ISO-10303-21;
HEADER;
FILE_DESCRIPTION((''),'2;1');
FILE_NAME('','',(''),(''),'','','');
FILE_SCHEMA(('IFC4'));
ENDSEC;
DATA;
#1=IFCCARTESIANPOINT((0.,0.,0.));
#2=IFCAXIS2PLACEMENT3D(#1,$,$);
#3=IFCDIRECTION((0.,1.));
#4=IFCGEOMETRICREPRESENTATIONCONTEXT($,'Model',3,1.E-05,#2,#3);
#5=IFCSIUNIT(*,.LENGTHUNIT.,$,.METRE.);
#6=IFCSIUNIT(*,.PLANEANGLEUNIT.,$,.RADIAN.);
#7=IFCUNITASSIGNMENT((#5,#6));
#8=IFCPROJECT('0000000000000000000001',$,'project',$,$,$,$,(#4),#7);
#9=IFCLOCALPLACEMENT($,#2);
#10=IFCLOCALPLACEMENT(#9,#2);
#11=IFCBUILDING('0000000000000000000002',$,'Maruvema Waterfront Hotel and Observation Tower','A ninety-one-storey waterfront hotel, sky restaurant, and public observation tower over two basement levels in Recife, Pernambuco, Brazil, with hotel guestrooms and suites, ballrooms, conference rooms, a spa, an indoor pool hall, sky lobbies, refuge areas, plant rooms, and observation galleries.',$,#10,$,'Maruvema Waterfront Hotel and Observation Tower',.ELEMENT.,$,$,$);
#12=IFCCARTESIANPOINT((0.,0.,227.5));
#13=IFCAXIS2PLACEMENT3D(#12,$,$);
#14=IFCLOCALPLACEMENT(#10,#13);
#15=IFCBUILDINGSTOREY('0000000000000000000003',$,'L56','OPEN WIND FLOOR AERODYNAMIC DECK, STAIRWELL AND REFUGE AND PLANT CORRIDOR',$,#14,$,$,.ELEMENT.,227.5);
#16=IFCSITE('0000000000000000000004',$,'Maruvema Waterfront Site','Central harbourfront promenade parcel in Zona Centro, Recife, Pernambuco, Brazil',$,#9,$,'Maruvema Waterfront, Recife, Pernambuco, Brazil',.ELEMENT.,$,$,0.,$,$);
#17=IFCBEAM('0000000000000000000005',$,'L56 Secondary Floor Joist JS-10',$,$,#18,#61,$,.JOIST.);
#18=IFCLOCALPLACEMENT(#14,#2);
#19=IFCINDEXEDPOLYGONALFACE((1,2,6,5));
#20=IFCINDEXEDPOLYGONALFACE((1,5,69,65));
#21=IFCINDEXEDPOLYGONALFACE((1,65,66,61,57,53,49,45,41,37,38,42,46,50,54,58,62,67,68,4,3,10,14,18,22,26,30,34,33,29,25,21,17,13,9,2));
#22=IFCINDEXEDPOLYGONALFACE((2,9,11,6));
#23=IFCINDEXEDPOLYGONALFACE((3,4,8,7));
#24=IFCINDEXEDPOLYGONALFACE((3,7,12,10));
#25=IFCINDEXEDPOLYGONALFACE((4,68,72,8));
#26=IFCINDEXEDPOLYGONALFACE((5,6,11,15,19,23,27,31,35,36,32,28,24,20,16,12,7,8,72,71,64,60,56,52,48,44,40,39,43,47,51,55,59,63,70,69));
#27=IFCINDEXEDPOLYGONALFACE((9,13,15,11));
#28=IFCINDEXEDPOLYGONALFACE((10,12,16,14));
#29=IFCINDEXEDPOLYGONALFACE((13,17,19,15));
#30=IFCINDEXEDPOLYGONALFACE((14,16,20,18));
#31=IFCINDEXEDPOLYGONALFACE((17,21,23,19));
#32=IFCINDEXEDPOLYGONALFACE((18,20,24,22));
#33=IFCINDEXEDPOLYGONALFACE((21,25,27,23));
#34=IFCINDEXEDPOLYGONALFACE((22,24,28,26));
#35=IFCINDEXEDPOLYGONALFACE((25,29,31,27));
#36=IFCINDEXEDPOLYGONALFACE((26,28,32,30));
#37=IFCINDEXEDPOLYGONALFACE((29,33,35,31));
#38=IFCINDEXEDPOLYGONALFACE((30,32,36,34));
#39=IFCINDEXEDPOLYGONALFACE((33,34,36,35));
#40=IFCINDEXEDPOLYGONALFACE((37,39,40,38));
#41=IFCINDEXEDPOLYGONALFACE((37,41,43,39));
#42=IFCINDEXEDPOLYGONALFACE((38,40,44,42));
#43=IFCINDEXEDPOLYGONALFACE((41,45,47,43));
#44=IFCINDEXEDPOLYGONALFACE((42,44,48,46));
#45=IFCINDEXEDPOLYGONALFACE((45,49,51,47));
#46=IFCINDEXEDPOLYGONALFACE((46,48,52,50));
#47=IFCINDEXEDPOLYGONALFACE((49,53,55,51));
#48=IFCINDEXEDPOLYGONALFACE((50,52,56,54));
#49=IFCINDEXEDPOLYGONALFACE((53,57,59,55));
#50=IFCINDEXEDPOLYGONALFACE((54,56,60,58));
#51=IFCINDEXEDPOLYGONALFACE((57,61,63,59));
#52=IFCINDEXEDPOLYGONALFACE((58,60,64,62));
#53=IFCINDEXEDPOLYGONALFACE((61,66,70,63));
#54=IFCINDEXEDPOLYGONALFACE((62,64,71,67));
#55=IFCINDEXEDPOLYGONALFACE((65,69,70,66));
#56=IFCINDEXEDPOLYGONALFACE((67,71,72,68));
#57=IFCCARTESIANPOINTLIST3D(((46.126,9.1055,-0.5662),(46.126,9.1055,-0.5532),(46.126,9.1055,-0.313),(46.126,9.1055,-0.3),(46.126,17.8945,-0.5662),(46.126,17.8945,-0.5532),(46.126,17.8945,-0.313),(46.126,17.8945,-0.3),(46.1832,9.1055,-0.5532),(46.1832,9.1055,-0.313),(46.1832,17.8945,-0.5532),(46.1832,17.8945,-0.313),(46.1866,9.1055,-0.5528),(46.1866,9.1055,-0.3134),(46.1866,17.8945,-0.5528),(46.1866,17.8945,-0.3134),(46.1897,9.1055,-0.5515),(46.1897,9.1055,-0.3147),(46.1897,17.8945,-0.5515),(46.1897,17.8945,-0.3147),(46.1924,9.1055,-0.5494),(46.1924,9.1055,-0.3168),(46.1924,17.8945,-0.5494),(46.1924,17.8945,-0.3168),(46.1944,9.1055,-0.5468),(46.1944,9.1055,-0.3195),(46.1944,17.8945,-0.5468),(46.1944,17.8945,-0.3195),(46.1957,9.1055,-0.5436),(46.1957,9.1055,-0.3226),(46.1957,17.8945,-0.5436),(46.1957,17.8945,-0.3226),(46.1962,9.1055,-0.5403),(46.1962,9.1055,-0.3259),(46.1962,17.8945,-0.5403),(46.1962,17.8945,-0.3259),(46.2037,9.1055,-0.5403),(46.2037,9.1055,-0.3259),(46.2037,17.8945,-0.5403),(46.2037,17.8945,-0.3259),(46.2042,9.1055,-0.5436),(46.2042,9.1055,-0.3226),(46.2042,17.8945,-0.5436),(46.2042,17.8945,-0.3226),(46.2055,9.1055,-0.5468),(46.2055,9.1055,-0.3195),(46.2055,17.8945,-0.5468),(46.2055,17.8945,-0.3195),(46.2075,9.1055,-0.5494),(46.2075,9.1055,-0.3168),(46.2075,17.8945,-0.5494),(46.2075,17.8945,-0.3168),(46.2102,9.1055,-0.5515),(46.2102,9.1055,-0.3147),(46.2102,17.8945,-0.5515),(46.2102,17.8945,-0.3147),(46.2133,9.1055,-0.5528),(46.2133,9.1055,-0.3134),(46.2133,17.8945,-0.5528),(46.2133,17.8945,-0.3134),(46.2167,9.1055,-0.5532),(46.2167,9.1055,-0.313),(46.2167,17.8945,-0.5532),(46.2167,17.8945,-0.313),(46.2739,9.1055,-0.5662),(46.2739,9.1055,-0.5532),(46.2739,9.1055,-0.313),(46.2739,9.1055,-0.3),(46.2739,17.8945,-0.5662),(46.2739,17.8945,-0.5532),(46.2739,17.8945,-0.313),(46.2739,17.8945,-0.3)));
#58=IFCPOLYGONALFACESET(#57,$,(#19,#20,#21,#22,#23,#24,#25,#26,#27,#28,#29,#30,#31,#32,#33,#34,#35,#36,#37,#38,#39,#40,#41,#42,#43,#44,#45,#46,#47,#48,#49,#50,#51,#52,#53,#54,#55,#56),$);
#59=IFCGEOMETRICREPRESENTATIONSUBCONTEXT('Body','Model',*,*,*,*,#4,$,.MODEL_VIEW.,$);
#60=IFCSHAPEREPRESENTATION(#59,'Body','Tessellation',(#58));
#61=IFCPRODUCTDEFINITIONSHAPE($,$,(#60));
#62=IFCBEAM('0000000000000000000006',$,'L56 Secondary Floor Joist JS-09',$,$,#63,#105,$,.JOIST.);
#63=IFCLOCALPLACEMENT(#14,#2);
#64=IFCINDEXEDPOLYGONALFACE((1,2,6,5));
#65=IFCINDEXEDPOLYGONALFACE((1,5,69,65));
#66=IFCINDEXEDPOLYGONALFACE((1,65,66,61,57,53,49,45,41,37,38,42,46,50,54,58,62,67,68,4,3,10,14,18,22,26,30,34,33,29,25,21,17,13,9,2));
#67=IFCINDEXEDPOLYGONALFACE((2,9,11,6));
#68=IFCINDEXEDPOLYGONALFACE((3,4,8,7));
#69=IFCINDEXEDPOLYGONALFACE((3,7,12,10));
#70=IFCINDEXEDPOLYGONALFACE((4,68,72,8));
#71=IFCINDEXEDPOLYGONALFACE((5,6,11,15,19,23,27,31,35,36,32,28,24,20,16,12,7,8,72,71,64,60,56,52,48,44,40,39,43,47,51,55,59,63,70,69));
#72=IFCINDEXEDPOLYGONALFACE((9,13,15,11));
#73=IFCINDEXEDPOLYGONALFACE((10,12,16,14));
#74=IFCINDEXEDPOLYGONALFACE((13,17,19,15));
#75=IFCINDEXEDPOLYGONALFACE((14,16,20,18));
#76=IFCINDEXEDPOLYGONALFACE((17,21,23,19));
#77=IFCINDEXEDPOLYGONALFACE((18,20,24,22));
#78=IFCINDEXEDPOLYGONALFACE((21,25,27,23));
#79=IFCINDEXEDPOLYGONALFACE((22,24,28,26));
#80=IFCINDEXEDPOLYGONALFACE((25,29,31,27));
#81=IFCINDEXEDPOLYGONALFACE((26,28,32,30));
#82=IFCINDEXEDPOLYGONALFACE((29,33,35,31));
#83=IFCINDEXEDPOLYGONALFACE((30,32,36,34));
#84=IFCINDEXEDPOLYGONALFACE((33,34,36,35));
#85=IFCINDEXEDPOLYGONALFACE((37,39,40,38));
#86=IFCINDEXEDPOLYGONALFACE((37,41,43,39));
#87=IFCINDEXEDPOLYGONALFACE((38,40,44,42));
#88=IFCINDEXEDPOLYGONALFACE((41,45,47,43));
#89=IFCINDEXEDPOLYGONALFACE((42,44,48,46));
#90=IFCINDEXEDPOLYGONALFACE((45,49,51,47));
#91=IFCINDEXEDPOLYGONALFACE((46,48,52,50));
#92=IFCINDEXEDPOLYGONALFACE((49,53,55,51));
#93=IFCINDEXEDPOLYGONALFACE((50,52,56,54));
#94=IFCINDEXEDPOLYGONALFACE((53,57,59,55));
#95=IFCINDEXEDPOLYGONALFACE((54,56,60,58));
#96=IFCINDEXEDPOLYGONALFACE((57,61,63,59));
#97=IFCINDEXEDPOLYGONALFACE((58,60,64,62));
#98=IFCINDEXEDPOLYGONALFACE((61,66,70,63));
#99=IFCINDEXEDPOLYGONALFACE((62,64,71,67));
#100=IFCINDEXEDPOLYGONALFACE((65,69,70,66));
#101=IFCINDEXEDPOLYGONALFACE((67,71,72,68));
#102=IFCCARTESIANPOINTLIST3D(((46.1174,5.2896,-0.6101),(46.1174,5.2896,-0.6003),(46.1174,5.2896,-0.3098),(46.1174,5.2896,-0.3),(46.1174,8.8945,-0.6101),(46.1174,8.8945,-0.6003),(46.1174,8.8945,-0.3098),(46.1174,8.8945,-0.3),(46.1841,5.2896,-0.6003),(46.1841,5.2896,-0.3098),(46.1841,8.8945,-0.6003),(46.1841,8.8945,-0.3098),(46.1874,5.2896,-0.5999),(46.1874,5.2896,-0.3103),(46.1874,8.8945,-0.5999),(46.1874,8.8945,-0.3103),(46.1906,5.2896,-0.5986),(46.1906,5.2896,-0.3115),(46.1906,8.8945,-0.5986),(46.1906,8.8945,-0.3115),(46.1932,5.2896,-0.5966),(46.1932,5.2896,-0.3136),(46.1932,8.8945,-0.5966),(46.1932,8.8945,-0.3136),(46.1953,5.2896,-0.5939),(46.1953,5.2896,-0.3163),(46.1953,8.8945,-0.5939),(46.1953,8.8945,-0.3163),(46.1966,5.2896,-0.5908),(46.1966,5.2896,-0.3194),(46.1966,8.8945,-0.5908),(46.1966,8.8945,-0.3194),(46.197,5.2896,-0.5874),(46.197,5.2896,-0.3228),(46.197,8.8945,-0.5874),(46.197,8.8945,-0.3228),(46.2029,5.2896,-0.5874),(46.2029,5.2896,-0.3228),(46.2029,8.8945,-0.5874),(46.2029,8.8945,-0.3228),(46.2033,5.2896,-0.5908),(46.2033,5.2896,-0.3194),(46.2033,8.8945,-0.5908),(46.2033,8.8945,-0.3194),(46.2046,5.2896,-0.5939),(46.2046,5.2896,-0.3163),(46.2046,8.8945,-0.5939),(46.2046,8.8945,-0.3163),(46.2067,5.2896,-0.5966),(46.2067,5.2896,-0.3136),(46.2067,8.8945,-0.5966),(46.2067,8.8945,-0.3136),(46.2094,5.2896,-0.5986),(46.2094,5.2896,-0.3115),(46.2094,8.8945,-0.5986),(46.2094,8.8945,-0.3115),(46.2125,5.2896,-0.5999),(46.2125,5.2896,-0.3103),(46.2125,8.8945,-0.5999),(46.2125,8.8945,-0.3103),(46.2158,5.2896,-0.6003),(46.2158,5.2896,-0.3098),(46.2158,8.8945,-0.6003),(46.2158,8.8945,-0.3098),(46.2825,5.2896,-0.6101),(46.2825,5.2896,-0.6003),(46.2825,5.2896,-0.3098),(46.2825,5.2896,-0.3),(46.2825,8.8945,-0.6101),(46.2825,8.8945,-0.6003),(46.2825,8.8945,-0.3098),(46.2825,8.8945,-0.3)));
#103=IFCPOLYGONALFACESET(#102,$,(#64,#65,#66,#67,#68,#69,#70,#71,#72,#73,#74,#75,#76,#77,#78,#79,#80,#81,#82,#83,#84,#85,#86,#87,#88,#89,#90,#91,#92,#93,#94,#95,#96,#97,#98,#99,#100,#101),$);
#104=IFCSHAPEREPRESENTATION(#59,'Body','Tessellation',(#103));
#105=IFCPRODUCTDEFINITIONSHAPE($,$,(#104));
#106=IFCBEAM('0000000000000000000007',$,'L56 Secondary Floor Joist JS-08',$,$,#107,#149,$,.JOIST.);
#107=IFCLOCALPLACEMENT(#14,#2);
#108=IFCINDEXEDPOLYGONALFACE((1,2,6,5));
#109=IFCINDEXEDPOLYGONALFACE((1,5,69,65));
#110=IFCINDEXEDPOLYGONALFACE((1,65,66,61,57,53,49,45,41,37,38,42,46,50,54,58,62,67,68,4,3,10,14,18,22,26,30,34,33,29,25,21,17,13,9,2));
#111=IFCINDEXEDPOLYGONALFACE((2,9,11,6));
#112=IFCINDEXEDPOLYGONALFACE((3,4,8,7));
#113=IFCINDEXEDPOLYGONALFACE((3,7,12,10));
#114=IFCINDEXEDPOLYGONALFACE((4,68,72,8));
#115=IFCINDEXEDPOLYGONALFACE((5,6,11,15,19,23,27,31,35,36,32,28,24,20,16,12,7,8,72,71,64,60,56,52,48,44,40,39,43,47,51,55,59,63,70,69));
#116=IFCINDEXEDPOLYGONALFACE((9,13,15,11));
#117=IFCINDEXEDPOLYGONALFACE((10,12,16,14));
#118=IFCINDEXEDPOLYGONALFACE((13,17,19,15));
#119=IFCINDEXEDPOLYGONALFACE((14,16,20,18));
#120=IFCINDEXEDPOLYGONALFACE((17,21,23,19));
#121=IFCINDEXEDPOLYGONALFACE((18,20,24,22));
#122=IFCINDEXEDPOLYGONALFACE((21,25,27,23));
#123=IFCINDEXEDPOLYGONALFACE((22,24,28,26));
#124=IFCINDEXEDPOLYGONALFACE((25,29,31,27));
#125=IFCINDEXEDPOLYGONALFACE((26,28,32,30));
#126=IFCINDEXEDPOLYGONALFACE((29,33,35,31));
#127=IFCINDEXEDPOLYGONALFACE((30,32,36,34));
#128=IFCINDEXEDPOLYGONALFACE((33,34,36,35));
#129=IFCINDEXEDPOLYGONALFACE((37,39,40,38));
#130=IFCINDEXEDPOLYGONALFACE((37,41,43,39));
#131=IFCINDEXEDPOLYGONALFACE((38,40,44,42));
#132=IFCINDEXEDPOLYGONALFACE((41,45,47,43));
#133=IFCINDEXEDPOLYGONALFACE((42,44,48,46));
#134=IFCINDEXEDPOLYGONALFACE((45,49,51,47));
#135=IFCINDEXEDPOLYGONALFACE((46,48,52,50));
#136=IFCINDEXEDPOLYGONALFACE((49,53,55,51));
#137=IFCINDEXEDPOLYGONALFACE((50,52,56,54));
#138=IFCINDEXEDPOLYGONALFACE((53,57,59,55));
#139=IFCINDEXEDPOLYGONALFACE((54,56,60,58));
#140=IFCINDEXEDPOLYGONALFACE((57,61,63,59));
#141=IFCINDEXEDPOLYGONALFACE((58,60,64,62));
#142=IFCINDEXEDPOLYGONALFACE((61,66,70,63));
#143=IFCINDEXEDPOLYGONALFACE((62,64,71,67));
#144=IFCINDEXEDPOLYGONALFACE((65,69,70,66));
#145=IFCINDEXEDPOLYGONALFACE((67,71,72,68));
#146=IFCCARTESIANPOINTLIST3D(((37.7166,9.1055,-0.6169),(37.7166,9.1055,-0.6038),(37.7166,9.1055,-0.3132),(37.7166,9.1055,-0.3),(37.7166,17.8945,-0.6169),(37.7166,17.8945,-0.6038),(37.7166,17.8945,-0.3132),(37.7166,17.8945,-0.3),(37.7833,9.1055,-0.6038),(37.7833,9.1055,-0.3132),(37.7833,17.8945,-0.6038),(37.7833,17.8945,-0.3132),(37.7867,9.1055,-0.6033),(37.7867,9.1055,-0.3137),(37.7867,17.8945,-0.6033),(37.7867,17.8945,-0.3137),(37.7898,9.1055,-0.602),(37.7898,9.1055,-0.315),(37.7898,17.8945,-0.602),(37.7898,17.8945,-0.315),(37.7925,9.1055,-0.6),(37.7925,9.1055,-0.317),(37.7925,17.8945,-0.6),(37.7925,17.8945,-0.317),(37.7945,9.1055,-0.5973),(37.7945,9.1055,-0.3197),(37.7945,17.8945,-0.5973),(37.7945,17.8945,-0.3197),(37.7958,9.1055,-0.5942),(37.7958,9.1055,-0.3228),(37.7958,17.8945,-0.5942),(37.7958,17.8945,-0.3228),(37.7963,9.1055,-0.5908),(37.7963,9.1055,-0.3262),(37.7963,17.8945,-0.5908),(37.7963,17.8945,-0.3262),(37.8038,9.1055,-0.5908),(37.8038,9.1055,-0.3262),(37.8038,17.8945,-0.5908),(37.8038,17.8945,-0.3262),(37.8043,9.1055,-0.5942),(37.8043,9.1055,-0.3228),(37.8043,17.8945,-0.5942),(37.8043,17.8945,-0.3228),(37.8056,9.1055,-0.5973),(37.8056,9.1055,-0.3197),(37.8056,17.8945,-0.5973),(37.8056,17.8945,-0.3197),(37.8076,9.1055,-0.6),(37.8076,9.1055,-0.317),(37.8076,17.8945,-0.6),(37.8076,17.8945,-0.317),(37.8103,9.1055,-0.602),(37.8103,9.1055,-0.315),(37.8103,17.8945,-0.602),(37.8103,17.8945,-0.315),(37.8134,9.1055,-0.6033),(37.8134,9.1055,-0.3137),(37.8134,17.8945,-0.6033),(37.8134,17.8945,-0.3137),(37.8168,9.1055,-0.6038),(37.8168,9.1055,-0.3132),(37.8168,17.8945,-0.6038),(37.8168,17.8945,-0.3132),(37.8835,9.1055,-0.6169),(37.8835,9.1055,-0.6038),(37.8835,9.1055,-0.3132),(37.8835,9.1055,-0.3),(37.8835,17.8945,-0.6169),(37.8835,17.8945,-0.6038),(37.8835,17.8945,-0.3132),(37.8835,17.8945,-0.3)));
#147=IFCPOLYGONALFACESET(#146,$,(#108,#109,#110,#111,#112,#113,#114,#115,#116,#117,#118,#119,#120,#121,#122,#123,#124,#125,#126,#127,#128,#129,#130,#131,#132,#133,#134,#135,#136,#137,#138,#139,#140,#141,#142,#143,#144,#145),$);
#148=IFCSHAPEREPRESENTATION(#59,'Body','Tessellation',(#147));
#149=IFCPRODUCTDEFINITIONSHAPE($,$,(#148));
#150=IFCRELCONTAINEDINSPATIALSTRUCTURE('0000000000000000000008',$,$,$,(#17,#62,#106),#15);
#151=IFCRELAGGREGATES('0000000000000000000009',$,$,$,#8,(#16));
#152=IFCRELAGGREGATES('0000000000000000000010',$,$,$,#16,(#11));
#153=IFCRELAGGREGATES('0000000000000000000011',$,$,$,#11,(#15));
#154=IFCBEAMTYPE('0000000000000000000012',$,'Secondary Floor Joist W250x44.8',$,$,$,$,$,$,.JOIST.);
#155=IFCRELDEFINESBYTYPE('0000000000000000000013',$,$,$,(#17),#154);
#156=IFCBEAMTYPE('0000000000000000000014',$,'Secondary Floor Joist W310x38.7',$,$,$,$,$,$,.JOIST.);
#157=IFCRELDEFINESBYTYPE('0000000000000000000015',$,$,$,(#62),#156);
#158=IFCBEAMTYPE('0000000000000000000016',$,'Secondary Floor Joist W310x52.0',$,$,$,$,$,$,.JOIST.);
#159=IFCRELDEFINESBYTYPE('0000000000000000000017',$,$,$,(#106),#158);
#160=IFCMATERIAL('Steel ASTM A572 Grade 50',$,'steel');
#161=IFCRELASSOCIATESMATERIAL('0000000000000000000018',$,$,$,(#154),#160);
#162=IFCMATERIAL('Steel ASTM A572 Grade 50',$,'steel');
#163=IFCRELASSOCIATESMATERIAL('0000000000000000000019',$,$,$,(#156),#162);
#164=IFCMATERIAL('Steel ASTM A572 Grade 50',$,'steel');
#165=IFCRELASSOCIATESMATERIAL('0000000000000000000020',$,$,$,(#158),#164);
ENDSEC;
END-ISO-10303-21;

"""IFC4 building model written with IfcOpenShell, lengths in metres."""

from ifc_helpers import new_model, si_unit, direction, frame, origin, origin_2d, place, context, subcontext, project, spatial, i_section, extrude, material, material_profile, profile_set, type_object, element, save


model = new_model("IFC4")

# Units and contexts
model_context = context("Model", 3, precision=1e-05, world=origin(), true_north=direction((0.0, 1.0)))
body_context = subcontext(model_context, "Body", "Model", "MODEL_VIEW")
ifc_project = project(units=[si_unit("LENGTHUNIT", "METRE"), si_unit("PLANEANGLEUNIT", "RADIAN")], contexts=[model_context])

# Site, building, storey
site_placement = place(None, origin())
site = spatial("IfcSite", under=ifc_project, at=site_placement, Name="Maruvema Waterfront Site", Description="Central harbourfront promenade parcel in Zona Centro, Recife, Pernambuco, Brazil", LongName="Maruvema Waterfront, Recife, Pernambuco, Brazil", CompositionType="ELEMENT", RefElevation=0.0)
building_placement = place(site_placement, origin())
building = spatial("IfcBuilding", under=site, at=building_placement, Name="Maruvema Waterfront Hotel and Observation Tower", Description="A ninety-one-storey waterfront hotel, sky restaurant, and public observation tower over two basement levels in Recife, Pernambuco, Brazil, with hotel guestrooms and suites, ballrooms, conference rooms, a spa, an indoor pool hall, sky lobbies, refuge areas, plant rooms, and observation galleries.", LongName="Maruvema Waterfront Hotel and Observation Tower", CompositionType="ELEMENT")
storey_placement = place(building_placement, frame((0.0, 0.0, 227.5)))
storey = spatial("IfcBuildingStorey", under=building, at=storey_placement, Name="L56", Description="OPEN WIND FLOOR AERODYNAMIC DECK, STAIRWELL AND REFUGE AND PLANT CORRIDOR", CompositionType="ELEMENT", Elevation=227.5)

# Beams
ifc_material_1 = material(Name="Steel ASTM A572 Grade 50", Category="steel")
ifc_material_profile_1 = material_profile(ifc_material_1, i_section(OverallWidth=0.1479, OverallDepth=0.2661, WebThickness=0.0076, FlangeThickness=0.0129, FilletRadius=0.0129, at=origin_2d()), Name="W250x44.8")
ifc_profile_set_1 = profile_set([ifc_material_profile_1], Name="Steel ASTM A572 Grade 50")
beam_type_1 = type_object("IfcBeamType", Name="Secondary Floor Joist W250x44.8", PredefinedType="JOIST", material=ifc_profile_set_1)
beam_1_placement = place(storey_placement, frame((46.2, 9.1055, -0.4331), z_axis=(0.0, 1.0, 0.0), x_axis=(-1.0, 0.0, 0.0)))
element("IfcBeam", 1, at=beam_1_placement, inside=storey, type_object=beam_type_1, Name="L56 Secondary Floor Joist JS-10", PredefinedType="JOIST", context=body_context, shape_type="SweptSolid", body=[
    extrude(i_section(OverallWidth=0.1479, OverallDepth=0.2661, WebThickness=0.0076, FlangeThickness=0.0129, FilletRadius=0.0129, at=origin_2d()), origin(), (0.0, 0.0, 1.0), 8.7891),
])
ifc_material_2 = material(Name="Steel ASTM A572 Grade 50", Category="steel")
ifc_material_profile_2 = material_profile(ifc_material_2, i_section(OverallWidth=0.165, OverallDepth=0.3101, WebThickness=0.0059, FlangeThickness=0.0098, FilletRadius=0.0129, at=origin_2d()), Name="W310x38.7")
ifc_profile_set_2 = profile_set([ifc_material_profile_2], Name="Steel ASTM A572 Grade 50")
beam_type_2 = type_object("IfcBeamType", Name="Secondary Floor Joist W310x38.7", PredefinedType="JOIST", material=ifc_profile_set_2)
beam_2_placement = place(storey_placement, frame((46.2, 5.2896, -0.4551), z_axis=(0.0, 1.0, 0.0), x_axis=(-1.0, 0.0, 0.0)))
element("IfcBeam", 2, at=beam_2_placement, inside=storey, type_object=beam_type_2, Name="L56 Secondary Floor Joist JS-09", PredefinedType="JOIST", context=body_context, shape_type="SweptSolid", body=[
    extrude(i_section(OverallWidth=0.165, OverallDepth=0.3101, WebThickness=0.0059, FlangeThickness=0.0098, FilletRadius=0.0129, at=origin_2d()), origin(), (0.0, 0.0, 1.0), 3.605),
])
ifc_material_3 = material(Name="Steel ASTM A572 Grade 50", Category="steel")
ifc_material_profile_3 = material_profile(ifc_material_3, i_section(OverallWidth=0.167, OverallDepth=0.3169, WebThickness=0.0076, FlangeThickness=0.0132, FilletRadius=0.0129, at=origin_2d()), Name="W310x52.0")
ifc_profile_set_3 = profile_set([ifc_material_profile_3], Name="Steel ASTM A572 Grade 50")
beam_type_3 = type_object("IfcBeamType", Name="Secondary Floor Joist W310x52.0", PredefinedType="JOIST", material=ifc_profile_set_3)
beam_3_placement = place(storey_placement, frame((37.8, 9.1055, -0.4585), z_axis=(0.0, 1.0, 0.0), x_axis=(-1.0, 0.0, 0.0)))
element("IfcBeam", 3, at=beam_3_placement, inside=storey, type_object=beam_type_3, Name="L56 Secondary Floor Joist JS-08", PredefinedType="JOIST", context=body_context, shape_type="SweptSolid", body=[
    extrude(i_section(OverallWidth=0.167, OverallDepth=0.3169, WebThickness=0.0076, FlangeThickness=0.0132, FilletRadius=0.0129, at=origin_2d()), origin(), (0.0, 0.0, 1.0), 8.7891),
])

save(model, "model.ifc")
